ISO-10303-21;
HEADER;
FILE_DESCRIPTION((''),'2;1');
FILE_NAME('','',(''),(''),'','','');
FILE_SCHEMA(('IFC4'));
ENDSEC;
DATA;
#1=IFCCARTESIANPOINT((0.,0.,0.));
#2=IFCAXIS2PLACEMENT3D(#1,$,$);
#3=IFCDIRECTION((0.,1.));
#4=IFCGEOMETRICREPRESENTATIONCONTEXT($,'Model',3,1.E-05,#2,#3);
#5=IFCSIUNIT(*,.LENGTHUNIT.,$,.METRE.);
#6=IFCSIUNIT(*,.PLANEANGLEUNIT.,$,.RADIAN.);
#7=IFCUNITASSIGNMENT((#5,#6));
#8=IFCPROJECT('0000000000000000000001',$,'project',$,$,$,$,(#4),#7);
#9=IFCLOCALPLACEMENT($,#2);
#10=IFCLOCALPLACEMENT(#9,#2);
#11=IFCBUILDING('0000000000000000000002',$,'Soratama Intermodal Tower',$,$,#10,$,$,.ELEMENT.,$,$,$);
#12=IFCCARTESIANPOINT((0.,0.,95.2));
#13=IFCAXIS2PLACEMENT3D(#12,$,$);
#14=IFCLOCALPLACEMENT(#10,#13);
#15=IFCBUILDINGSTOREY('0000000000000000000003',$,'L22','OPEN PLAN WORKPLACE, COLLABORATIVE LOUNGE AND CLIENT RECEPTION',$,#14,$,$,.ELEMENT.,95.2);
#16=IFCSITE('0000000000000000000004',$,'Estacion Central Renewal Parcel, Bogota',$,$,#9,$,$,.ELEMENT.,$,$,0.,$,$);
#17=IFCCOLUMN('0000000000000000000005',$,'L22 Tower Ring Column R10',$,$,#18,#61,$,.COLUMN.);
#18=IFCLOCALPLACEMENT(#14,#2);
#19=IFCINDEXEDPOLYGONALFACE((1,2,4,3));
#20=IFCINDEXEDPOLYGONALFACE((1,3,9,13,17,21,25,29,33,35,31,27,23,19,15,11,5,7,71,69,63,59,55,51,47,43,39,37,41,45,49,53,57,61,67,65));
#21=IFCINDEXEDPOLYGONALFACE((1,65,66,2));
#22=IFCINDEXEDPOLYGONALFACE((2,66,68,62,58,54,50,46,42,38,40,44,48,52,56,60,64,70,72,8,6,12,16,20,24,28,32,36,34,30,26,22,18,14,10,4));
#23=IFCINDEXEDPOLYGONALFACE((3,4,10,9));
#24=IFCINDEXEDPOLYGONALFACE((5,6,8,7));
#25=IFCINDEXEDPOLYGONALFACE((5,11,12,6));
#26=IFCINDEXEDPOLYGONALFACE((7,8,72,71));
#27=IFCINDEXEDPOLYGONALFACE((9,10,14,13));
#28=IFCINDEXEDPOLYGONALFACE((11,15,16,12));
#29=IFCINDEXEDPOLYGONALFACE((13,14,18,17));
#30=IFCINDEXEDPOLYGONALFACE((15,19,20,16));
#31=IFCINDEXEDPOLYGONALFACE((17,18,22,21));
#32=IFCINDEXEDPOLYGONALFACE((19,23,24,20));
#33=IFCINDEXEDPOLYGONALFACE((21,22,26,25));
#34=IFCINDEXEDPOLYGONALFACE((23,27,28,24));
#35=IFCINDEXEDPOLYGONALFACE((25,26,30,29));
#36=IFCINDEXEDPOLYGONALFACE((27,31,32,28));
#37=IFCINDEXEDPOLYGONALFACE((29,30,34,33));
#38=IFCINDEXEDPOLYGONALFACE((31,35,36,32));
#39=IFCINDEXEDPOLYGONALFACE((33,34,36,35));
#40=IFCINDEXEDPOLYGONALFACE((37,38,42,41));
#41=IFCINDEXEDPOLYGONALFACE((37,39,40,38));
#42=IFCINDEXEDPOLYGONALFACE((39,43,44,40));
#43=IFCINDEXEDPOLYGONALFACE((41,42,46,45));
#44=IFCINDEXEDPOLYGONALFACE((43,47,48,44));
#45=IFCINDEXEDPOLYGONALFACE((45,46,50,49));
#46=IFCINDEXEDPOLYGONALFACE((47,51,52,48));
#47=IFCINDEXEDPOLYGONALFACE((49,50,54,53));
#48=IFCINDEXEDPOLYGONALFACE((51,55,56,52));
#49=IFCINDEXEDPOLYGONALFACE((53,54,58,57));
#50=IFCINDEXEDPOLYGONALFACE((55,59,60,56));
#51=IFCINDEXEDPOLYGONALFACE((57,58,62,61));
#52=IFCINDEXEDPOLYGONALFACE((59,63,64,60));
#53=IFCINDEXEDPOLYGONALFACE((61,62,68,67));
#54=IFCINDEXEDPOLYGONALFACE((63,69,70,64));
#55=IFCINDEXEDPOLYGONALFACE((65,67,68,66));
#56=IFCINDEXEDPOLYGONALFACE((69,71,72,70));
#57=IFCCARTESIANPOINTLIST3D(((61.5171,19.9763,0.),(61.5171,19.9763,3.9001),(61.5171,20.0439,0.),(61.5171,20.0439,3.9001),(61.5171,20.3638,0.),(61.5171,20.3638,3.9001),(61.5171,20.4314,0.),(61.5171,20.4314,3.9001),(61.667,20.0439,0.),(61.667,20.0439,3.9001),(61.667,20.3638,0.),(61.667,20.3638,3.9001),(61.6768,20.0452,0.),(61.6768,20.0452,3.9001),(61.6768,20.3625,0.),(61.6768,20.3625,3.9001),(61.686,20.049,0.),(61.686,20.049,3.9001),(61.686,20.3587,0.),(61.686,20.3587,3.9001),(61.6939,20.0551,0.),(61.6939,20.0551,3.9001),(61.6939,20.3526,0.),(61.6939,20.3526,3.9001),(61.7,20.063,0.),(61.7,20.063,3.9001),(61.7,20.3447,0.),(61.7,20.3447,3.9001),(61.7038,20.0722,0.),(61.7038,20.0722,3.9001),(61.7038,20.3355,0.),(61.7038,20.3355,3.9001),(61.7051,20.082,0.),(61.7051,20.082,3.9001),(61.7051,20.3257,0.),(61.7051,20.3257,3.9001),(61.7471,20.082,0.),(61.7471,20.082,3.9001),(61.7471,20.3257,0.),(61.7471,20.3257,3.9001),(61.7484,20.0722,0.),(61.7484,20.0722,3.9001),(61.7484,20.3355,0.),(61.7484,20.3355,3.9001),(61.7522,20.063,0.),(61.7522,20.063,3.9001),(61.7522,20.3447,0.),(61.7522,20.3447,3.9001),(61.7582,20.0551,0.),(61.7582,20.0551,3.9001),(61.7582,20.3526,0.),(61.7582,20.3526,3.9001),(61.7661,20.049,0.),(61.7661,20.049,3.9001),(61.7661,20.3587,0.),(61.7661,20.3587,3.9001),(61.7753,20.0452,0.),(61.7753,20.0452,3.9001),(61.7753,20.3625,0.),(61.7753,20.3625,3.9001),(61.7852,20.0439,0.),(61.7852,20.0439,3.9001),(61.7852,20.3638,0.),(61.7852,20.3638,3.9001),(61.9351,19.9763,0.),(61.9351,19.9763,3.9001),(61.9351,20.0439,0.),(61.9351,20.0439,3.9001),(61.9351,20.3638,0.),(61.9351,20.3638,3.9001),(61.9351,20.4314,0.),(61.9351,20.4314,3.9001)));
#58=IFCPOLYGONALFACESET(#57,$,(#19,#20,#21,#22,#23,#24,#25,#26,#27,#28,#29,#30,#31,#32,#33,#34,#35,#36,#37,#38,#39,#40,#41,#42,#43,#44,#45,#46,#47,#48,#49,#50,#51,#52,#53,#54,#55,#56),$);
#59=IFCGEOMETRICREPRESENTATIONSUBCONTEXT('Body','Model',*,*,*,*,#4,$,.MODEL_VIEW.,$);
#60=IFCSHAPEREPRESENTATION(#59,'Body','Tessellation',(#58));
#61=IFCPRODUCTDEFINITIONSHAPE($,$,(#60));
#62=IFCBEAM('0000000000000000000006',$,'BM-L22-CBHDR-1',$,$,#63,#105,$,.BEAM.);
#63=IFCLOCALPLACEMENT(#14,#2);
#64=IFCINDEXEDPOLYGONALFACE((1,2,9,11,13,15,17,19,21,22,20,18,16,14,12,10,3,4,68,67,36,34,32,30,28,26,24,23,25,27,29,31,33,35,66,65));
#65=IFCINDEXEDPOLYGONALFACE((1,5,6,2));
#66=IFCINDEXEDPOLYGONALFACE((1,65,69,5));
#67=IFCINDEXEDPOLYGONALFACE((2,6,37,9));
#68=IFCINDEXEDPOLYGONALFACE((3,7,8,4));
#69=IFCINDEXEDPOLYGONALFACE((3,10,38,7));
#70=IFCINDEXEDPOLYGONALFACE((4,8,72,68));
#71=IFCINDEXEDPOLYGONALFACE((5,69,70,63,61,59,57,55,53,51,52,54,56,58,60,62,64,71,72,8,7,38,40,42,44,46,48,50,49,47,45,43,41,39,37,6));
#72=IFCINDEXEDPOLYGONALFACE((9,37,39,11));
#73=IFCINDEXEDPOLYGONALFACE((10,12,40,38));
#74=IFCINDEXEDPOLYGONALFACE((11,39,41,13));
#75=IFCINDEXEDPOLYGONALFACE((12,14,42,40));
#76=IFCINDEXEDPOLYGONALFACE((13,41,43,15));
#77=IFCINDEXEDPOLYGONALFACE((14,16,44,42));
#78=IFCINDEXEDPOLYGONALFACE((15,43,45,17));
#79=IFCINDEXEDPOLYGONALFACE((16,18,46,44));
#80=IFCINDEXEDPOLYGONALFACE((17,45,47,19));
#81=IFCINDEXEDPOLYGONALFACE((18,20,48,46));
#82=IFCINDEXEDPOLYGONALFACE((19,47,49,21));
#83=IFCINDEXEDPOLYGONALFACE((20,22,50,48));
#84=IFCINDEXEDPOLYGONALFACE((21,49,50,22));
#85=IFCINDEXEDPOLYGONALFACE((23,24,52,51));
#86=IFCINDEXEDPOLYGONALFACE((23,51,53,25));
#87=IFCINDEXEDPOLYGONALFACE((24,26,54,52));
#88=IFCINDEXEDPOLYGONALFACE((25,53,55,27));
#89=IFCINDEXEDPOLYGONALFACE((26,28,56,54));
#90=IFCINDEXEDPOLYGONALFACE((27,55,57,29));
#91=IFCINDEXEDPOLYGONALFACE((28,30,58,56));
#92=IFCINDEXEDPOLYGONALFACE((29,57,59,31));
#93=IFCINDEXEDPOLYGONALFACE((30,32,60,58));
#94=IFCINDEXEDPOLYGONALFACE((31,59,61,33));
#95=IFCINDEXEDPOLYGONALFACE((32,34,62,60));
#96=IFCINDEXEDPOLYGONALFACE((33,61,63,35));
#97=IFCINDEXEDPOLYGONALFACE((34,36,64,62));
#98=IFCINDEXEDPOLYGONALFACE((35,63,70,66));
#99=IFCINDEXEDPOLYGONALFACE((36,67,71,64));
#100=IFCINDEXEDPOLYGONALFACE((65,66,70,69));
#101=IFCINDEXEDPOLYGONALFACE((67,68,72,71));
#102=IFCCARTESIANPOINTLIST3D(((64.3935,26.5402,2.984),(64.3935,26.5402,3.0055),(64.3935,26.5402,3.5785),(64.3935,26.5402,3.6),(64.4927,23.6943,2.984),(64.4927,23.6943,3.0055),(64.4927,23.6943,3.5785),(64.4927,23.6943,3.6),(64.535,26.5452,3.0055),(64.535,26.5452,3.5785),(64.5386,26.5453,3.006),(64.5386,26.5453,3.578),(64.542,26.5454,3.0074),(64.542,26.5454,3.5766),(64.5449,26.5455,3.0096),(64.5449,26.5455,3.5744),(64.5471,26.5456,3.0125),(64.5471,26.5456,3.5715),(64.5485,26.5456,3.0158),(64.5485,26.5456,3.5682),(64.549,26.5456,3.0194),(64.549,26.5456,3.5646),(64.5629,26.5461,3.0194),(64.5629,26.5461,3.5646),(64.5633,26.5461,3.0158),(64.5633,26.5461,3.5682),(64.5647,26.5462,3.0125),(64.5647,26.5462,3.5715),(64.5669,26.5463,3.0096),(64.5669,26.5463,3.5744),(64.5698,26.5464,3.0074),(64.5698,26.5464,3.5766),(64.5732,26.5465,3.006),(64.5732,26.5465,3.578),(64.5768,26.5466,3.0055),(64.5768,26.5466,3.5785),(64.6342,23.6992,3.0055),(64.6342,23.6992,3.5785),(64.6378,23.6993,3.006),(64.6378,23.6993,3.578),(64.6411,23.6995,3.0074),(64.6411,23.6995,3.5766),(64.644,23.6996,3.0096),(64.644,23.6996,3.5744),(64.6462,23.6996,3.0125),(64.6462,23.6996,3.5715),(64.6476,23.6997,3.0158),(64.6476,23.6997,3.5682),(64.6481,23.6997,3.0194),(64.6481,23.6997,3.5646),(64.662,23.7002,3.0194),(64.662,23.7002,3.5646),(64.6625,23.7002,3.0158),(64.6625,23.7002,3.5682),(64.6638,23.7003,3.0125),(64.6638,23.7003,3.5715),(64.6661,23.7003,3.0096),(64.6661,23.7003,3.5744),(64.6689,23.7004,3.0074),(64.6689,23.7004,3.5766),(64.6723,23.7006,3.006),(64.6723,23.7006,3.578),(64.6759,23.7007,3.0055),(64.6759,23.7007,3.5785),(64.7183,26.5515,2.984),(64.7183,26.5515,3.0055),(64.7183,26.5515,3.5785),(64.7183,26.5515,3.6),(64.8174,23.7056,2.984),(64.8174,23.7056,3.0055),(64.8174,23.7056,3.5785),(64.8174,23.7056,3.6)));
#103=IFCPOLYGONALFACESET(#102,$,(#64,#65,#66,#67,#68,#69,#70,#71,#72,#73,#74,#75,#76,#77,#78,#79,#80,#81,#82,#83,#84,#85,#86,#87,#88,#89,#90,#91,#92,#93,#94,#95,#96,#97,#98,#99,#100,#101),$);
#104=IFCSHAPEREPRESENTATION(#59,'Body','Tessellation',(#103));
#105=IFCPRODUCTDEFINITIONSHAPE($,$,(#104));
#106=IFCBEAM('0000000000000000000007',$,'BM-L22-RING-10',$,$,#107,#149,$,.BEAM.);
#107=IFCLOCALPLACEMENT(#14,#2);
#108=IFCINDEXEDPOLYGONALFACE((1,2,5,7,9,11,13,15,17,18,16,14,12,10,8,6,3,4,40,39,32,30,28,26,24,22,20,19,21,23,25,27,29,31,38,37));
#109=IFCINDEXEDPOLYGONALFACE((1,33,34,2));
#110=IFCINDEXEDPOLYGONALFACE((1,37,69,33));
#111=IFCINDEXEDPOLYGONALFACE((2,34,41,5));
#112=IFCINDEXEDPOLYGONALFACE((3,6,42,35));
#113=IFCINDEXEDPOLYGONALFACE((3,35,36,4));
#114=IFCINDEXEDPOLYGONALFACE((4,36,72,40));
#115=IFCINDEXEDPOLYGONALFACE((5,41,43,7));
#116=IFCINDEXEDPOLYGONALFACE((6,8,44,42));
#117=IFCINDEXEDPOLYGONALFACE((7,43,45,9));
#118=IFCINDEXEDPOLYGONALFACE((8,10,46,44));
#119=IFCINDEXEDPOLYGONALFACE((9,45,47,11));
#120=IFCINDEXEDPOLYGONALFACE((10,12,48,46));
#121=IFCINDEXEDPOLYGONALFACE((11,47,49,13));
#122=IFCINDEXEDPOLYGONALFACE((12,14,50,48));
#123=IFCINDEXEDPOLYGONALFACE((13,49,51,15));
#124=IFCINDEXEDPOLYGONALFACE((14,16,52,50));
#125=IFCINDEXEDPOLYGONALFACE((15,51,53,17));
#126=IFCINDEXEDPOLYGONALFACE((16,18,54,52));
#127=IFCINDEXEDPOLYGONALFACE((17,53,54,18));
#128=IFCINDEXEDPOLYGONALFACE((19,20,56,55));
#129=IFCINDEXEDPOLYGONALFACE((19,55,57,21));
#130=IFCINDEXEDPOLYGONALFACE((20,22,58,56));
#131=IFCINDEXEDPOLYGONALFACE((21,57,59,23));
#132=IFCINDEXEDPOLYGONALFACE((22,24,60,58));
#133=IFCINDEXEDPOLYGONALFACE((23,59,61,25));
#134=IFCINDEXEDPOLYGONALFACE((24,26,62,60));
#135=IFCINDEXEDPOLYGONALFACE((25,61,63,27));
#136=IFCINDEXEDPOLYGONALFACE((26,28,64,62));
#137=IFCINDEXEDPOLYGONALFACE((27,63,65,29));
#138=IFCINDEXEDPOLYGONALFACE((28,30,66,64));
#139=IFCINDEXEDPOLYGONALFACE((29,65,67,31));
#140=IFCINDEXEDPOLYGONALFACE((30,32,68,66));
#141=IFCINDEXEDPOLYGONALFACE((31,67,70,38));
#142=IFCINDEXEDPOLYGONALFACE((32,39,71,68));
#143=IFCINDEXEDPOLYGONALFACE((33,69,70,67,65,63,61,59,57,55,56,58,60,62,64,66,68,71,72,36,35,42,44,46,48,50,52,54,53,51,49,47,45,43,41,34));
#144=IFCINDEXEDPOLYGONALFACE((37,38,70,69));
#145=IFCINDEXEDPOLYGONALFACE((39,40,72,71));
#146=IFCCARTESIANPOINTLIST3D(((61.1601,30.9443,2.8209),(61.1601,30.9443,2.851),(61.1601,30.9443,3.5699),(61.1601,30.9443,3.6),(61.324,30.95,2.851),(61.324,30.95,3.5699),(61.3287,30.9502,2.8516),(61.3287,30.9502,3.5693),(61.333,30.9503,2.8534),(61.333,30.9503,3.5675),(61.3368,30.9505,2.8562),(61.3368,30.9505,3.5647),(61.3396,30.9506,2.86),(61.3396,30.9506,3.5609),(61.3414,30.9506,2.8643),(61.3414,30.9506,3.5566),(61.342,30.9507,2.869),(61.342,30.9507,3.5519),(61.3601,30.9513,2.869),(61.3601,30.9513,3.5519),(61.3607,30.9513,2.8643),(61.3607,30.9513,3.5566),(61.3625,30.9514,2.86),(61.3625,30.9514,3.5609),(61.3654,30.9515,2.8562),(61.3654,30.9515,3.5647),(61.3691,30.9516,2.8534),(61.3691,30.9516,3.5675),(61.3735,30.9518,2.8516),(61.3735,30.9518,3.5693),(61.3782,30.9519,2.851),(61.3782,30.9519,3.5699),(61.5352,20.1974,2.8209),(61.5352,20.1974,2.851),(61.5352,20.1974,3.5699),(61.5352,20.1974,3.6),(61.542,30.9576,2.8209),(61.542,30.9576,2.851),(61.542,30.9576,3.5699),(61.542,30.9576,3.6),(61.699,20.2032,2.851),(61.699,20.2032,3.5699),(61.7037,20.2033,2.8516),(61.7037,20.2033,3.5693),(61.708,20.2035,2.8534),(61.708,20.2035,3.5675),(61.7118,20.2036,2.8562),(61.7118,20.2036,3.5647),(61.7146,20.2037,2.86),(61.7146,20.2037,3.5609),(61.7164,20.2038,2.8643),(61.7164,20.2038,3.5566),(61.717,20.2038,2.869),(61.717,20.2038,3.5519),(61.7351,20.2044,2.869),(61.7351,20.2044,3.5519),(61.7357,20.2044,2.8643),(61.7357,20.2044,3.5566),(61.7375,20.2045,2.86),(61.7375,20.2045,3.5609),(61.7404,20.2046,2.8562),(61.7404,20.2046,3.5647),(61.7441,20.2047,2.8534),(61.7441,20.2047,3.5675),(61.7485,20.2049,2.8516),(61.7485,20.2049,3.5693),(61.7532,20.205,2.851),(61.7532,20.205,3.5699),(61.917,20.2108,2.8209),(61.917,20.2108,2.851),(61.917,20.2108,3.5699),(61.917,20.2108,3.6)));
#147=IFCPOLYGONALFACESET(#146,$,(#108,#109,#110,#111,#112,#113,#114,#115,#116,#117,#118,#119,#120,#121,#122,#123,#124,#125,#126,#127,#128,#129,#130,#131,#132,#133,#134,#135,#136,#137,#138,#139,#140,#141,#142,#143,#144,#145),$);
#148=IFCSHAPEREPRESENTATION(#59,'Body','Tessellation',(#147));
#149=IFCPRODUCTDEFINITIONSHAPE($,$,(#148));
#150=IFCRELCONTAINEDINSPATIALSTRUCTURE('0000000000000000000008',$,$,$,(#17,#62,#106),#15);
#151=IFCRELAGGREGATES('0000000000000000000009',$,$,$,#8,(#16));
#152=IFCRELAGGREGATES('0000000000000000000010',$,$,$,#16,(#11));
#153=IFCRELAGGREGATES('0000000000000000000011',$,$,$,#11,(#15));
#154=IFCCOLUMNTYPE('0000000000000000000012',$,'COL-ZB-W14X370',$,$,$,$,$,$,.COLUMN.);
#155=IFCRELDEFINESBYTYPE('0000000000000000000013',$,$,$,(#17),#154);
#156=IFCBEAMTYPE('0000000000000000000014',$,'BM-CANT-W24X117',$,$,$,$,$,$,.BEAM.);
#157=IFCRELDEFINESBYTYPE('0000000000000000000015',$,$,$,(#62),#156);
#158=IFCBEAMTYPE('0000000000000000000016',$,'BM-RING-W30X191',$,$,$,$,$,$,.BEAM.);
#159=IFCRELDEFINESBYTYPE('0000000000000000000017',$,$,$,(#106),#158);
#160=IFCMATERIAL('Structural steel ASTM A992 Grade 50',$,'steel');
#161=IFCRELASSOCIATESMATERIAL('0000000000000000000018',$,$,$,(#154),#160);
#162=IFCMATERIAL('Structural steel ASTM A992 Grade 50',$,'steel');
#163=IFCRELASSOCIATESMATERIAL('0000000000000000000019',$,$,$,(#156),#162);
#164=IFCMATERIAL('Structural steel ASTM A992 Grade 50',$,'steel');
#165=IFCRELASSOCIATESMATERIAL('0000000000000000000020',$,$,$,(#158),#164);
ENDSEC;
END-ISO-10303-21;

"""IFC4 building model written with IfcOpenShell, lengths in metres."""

from ifc_helpers import new_model, si_unit, direction, frame, origin, origin_2d, place, context, subcontext, project, spatial, i_section, extrude, material, material_profile, profile_set, type_object, element, save


model = new_model("IFC4")

# Units and contexts
model_context = context("Model", 3, precision=1e-05, world=origin(), true_north=direction((0.0, 1.0)))
body_context = subcontext(model_context, "Body", "Model", "MODEL_VIEW")
ifc_project = project(units=[si_unit("LENGTHUNIT", "METRE"), si_unit("PLANEANGLEUNIT", "RADIAN")], contexts=[model_context])

# Site, building, storey
site_placement = place(None, origin())
site = spatial("IfcSite", under=ifc_project, at=site_placement, Name="Estacion Central Renewal Parcel, Bogota", CompositionType="ELEMENT", RefElevation=0.0)
building_placement = place(site_placement, origin())
building = spatial("IfcBuilding", under=site, at=building_placement, Name="Soratama Intermodal Tower", CompositionType="ELEMENT")
storey_placement = place(building_placement, frame((0.0, 0.0, 95.2)))
storey = spatial("IfcBuildingStorey", under=building, at=storey_placement, Name="L22", Description="OPEN PLAN WORKPLACE, COLLABORATIVE LOUNGE AND CLIENT RECEPTION", CompositionType="ELEMENT", Elevation=95.2)

# Column
ifc_material_1 = material(Name="Structural steel ASTM A992 Grade 50", Category="steel")
ifc_material_profile_1 = material_profile(ifc_material_1, i_section(OverallWidth=0.418, OverallDepth=0.4551, WebThickness=0.042, FlangeThickness=0.0676, FilletRadius=0.0381, at=origin_2d()), Name="W14X370")
ifc_profile_set_1 = profile_set([ifc_material_profile_1], Name="Structural steel ASTM A992 Grade 50")
column_type = type_object("IfcColumnType", Name="COL-ZB-W14X370", PredefinedType="COLUMN", material=ifc_profile_set_1)
column_placement = place(storey_placement, frame((61.7261, 20.2039, 0.0), z_axis=(0.0, 0.0, 1.0), x_axis=(1.0, 0.0, 0.0)))
element("IfcColumn", 1, at=column_placement, inside=storey, type_object=column_type, Name="L22 Tower Ring Column R10", PredefinedType="COLUMN", context=body_context, shape_type="SweptSolid", body=[
    extrude(i_section(OverallWidth=0.418, OverallDepth=0.4551, WebThickness=0.042, FlangeThickness=0.0676, FilletRadius=0.0381, at=origin_2d()), origin(), (0.0, 0.0, 1.0), 3.9001),
])

# Beams
ifc_material_2 = material(Name="Structural steel ASTM A992 Grade 50", Category="steel")
ifc_material_profile_2 = material_profile(ifc_material_2, i_section(OverallWidth=0.325, OverallDepth=0.616, WebThickness=0.0139, FlangeThickness=0.0215, FilletRadius=0.0139, at=origin_2d()), Name="W24X117")
ifc_profile_set_2 = profile_set([ifc_material_profile_2], Name="Structural steel ASTM A992 Grade 50")
beam_type_1 = type_object("IfcBeamType", Name="BM-CANT-W24X117", PredefinedType="BEAM", material=ifc_profile_set_2)
beam_1_placement = place(storey_placement, frame((64.655, 23.7, 3.292), z_axis=(-0.034808, 0.999394, 0.0), x_axis=(-0.999394, -0.034808, 0.0)))
element("IfcBeam", 2, at=beam_1_placement, inside=storey, type_object=beam_type_1, Name="BM-L22-CBHDR-1", PredefinedType="BEAM", context=body_context, shape_type="SweptSolid", body=[
    extrude(i_section(OverallWidth=0.325, OverallDepth=0.616, WebThickness=0.0139, FlangeThickness=0.0215, FilletRadius=0.0139, at=origin_2d()), origin(), (0.0, 0.0, 1.0), 2.8477),
])
ifc_material_3 = material(Name="Structural steel ASTM A992 Grade 50", Category="steel")
ifc_material_profile_3 = material_profile(ifc_material_3, i_section(OverallWidth=0.3821, OverallDepth=0.7791, WebThickness=0.0181, FlangeThickness=0.03, FilletRadius=0.0181, at=origin_2d()), Name="W30X191")
ifc_profile_set_3 = profile_set([ifc_material_profile_3], Name="Structural steel ASTM A992 Grade 50")
beam_type_2 = type_object("IfcBeamType", Name="BM-RING-W30X191", PredefinedType="BEAM", material=ifc_profile_set_3)
beam_2_placement = place(storey_placement, frame((61.7261, 20.2041, 3.2104), z_axis=(-0.034873, 0.999392, 0.0), x_axis=(-0.999392, -0.034873, 0.0)))
element("IfcBeam", 3, at=beam_2_placement, inside=storey, type_object=beam_type_2, Name="BM-L22-RING-10", PredefinedType="BEAM", context=body_context, shape_type="SweptSolid", body=[
    extrude(i_section(OverallWidth=0.3821, OverallDepth=0.7791, WebThickness=0.0181, FlangeThickness=0.03, FilletRadius=0.0181, at=origin_2d()), origin(), (0.0, 0.0, 1.0), 10.7534),
])

save(model, "model.ifc")
